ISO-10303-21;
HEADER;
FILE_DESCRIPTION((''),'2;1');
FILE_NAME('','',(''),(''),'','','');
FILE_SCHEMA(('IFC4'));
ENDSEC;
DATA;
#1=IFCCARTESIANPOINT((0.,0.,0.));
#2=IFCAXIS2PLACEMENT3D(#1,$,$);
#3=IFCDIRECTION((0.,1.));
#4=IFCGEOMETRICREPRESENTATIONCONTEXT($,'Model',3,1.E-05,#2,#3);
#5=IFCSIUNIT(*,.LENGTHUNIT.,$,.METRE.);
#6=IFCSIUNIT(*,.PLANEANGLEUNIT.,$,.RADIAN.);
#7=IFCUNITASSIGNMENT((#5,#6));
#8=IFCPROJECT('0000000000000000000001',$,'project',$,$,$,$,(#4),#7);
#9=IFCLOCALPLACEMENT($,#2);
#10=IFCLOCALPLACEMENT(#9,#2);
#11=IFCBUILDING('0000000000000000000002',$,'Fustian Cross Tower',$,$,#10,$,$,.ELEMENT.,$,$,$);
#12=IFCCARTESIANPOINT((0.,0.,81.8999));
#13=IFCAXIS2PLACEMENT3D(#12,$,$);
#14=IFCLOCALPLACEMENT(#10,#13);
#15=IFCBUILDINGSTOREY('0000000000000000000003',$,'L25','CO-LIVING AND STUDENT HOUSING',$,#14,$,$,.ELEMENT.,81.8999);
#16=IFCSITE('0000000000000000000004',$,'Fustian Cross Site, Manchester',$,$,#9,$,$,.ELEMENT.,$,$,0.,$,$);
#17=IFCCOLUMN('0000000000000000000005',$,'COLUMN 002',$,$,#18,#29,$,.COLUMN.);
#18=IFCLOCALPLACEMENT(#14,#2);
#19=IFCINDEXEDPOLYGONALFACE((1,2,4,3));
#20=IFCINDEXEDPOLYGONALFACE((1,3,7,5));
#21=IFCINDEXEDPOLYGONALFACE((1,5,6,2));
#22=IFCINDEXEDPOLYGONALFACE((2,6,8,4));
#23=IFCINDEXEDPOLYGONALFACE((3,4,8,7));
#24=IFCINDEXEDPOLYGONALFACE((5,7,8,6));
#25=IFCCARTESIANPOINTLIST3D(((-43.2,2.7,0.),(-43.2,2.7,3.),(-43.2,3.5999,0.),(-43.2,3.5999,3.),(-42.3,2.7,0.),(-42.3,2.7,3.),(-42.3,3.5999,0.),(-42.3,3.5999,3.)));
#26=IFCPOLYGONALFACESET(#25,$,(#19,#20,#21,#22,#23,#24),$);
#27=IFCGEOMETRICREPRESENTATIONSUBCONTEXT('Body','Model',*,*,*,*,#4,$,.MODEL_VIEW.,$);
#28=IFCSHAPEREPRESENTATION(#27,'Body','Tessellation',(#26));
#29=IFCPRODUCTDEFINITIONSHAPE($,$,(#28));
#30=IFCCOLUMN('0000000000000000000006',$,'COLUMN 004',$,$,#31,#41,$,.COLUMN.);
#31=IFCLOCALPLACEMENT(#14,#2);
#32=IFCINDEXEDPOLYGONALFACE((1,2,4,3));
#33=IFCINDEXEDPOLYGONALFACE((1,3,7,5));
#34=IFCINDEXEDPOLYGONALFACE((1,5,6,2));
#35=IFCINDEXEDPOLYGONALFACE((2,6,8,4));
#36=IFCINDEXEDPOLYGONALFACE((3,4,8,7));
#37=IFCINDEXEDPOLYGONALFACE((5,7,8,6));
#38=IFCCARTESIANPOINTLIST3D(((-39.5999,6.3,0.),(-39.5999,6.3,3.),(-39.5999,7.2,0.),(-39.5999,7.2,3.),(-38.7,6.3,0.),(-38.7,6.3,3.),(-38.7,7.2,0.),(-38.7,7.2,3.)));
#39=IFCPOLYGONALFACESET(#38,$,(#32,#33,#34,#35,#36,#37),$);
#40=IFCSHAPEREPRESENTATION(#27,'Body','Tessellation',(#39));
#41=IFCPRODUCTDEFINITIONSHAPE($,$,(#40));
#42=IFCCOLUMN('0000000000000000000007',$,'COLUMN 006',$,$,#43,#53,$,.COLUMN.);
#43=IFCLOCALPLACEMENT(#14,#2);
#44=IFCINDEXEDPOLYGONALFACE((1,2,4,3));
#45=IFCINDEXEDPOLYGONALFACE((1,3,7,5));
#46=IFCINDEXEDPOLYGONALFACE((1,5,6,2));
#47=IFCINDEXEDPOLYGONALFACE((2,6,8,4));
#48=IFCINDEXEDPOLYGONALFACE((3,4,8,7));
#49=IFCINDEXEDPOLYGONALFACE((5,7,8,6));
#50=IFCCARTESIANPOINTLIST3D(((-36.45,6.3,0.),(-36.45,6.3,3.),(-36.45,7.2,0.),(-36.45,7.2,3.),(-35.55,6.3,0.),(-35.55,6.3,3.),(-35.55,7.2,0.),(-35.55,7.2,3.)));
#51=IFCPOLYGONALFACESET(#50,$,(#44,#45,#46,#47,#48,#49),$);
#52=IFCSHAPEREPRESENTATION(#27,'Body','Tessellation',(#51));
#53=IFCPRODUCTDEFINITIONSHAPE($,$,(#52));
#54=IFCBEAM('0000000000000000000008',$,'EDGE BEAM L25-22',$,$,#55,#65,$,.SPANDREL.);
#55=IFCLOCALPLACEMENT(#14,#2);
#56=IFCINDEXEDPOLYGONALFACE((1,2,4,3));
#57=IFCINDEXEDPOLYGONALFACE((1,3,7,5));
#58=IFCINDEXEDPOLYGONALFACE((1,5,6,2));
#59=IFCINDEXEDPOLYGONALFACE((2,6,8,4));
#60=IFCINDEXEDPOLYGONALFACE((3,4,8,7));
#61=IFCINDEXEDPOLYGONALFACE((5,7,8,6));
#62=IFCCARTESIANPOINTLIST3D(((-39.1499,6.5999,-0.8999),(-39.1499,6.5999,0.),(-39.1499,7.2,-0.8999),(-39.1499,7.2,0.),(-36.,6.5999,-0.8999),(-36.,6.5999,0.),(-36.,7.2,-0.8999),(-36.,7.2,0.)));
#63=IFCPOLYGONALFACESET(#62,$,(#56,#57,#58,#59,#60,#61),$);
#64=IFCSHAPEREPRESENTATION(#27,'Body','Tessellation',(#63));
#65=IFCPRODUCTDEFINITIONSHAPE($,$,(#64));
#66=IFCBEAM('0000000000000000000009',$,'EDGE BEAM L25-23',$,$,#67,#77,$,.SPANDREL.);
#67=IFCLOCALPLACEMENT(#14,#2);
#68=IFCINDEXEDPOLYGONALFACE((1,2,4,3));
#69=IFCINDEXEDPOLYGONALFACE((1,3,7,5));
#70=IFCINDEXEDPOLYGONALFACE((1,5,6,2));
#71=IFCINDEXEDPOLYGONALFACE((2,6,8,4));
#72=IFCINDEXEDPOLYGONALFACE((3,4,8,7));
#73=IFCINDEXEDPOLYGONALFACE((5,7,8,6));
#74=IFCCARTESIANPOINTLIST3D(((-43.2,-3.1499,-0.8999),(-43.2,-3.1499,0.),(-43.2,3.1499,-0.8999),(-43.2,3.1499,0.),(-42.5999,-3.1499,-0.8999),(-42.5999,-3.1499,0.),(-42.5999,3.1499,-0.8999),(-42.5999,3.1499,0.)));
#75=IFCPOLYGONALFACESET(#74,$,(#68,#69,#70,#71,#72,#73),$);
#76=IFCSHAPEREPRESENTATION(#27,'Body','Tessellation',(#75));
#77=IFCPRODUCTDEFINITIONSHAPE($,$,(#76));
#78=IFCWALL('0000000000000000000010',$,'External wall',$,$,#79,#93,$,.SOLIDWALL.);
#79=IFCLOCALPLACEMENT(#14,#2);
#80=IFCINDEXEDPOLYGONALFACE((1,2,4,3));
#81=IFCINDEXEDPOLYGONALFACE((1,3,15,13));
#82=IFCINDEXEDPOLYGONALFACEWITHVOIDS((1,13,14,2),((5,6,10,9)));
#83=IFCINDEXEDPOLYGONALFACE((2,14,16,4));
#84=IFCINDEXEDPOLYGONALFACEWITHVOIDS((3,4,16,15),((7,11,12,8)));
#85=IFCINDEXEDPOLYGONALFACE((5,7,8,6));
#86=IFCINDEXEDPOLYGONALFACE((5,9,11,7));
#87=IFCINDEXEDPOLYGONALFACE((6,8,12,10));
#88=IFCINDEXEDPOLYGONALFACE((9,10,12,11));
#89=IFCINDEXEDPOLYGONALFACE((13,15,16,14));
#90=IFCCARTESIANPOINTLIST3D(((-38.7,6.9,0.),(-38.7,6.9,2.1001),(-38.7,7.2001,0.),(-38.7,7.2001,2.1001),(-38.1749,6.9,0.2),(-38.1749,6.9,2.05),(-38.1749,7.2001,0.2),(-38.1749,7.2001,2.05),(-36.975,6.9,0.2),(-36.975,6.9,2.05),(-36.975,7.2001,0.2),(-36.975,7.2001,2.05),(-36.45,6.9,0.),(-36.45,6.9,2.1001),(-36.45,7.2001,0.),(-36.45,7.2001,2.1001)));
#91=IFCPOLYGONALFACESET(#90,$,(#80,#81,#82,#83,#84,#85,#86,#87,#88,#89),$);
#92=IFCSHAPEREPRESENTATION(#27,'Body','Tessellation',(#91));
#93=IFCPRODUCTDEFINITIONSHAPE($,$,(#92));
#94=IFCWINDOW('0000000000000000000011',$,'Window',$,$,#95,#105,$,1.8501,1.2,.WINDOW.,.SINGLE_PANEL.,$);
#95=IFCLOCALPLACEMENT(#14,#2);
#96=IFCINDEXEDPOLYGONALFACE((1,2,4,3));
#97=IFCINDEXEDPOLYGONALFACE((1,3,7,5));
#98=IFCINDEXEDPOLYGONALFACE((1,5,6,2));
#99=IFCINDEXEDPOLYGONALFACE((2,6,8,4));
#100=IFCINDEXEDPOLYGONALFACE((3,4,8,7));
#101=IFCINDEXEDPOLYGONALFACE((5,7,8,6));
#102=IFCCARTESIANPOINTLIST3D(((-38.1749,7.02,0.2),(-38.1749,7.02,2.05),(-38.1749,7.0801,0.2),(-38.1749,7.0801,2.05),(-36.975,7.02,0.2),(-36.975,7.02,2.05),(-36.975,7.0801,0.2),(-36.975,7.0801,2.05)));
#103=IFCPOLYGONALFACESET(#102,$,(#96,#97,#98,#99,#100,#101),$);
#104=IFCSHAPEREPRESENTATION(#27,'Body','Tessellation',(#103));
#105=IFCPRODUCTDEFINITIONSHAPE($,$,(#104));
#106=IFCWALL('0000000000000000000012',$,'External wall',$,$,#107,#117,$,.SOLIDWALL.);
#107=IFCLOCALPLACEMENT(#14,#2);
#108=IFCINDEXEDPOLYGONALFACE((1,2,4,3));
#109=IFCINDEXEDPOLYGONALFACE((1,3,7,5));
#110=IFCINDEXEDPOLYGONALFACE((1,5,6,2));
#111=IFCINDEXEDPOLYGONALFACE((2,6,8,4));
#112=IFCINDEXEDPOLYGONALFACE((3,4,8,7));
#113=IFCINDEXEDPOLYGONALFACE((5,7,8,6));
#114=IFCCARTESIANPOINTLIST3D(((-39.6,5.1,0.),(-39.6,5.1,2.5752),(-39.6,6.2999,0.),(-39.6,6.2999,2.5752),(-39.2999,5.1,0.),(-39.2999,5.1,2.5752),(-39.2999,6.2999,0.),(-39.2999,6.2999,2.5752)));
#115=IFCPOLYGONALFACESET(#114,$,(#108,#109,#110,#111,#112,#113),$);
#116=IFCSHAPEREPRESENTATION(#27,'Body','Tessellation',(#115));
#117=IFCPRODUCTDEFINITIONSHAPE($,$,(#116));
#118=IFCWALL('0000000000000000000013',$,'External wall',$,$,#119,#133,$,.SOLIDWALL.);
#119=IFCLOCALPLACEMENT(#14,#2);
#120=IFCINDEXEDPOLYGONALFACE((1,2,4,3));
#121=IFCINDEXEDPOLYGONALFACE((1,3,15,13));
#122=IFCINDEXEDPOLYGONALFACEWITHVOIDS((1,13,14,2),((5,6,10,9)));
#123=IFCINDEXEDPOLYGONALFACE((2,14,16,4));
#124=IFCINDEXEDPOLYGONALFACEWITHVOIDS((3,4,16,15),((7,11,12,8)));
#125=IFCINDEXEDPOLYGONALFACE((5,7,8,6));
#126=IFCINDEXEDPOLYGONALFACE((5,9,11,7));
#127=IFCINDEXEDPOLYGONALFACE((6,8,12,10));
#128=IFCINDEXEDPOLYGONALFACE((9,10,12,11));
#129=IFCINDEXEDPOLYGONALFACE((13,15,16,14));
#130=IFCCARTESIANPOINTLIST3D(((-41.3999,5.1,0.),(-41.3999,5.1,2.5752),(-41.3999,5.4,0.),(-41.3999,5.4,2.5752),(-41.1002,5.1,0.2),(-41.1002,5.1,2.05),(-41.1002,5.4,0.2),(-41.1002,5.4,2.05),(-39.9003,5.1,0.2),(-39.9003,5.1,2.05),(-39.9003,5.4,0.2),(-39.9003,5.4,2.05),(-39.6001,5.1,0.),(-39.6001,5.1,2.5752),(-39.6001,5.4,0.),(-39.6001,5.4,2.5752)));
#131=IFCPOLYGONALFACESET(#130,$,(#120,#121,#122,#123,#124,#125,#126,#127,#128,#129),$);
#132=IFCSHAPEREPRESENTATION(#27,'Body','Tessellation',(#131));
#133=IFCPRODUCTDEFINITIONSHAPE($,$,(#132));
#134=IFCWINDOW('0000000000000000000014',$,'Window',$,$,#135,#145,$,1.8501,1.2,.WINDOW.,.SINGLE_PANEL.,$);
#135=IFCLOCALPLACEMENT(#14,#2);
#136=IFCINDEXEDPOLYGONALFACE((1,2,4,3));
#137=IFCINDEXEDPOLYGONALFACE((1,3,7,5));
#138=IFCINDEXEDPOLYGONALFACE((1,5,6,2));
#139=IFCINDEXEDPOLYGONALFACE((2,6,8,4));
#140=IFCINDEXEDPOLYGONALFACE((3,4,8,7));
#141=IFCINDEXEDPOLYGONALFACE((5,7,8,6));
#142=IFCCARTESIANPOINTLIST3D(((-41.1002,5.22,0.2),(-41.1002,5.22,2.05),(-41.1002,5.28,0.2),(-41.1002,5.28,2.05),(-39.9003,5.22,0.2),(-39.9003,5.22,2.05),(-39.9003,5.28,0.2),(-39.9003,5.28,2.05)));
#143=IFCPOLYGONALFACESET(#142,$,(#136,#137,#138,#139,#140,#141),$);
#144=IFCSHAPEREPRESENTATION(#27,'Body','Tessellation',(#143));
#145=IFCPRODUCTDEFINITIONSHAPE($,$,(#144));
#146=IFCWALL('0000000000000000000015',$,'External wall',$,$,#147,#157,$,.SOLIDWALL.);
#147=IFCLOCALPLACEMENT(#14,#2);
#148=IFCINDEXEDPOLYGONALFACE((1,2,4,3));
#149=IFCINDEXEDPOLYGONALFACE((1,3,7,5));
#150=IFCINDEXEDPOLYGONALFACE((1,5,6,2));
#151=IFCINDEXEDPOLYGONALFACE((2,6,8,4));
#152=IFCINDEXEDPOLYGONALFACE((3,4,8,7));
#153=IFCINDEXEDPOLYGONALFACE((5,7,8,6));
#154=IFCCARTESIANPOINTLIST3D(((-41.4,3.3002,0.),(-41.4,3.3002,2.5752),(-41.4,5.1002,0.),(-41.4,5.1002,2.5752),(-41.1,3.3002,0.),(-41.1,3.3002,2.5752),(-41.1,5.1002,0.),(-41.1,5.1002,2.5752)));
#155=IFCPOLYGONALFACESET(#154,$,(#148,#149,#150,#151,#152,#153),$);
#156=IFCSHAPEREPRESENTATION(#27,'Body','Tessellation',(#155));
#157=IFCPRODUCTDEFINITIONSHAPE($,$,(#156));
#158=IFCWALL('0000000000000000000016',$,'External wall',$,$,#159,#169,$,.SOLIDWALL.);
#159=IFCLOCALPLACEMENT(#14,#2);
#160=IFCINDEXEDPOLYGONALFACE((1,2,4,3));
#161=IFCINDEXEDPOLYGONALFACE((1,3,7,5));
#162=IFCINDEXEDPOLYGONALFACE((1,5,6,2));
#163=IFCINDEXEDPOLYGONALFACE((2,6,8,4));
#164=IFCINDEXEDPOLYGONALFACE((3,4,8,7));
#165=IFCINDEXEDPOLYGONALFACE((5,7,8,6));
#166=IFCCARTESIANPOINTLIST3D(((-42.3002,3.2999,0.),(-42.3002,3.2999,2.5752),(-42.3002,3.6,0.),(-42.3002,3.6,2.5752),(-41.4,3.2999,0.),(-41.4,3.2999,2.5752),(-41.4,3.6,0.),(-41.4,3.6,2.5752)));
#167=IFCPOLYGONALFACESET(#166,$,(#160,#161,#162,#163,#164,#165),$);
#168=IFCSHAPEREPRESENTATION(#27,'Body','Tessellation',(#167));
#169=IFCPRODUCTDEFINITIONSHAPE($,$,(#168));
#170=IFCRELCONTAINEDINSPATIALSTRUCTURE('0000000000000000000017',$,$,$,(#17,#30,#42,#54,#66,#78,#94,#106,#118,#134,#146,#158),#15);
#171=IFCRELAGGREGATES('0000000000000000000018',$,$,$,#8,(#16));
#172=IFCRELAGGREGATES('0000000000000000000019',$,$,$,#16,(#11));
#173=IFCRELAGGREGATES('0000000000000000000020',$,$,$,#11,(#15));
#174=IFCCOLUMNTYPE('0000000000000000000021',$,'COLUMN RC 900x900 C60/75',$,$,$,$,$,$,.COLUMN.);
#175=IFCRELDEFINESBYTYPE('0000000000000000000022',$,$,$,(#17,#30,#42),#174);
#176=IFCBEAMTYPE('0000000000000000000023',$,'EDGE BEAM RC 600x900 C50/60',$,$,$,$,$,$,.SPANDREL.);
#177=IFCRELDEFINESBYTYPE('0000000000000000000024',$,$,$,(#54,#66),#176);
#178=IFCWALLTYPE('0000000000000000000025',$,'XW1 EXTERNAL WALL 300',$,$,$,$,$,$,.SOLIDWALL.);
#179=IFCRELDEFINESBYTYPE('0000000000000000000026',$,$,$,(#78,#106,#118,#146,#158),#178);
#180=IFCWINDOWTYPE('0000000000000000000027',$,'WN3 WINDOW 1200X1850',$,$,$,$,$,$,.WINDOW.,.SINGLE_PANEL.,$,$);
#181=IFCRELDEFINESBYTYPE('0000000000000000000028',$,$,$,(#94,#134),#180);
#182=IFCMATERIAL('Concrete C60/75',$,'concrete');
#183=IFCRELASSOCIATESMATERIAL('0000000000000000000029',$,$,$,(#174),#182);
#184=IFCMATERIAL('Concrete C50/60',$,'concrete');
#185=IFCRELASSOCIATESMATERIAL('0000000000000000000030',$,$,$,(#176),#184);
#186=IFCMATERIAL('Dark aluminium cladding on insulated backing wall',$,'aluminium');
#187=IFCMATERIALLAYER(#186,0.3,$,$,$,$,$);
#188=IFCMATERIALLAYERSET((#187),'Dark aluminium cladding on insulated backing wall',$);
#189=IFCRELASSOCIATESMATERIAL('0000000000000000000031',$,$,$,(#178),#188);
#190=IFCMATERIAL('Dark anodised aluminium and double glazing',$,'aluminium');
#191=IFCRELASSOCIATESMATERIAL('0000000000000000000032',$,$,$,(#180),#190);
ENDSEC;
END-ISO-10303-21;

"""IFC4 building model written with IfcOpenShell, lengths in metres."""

from ifc_helpers import new_model, si_unit, direction, frame, frame_2d, origin, origin_2d, place, context, subcontext, project, spatial, rectangle, extrude, material, layer, layer_set, material_profile, profile_set, type_object, element, fill, save


model = new_model("IFC4")

# Units and contexts
model_context = context("Model", 3, precision=1e-05, world=origin(), true_north=direction((0.0, 1.0)))
body_context = subcontext(model_context, "Body", "Model", "MODEL_VIEW")
ifc_project = project(units=[si_unit("LENGTHUNIT", "METRE"), si_unit("PLANEANGLEUNIT", "RADIAN")], contexts=[model_context])

# Site, building, storey
site_placement = place(None, origin())
site = spatial("IfcSite", under=ifc_project, at=site_placement, Name="Fustian Cross Site, Manchester", CompositionType="ELEMENT", RefElevation=0.0)
building_placement = place(site_placement, origin())
building = spatial("IfcBuilding", under=site, at=building_placement, Name="Fustian Cross Tower", CompositionType="ELEMENT")
storey_placement = place(building_placement, frame((0.0, 0.0, 81.8999)))
storey = spatial("IfcBuildingStorey", under=building, at=storey_placement, Name="L25", Description="CO-LIVING AND STUDENT HOUSING", CompositionType="ELEMENT", Elevation=81.8999)

# Columns
ifc_material_1 = material(Name="Concrete C60/75", Category="concrete")
ifc_material_profile_1 = material_profile(ifc_material_1, rectangle(XDim=0.8999, YDim=0.8999, at=origin_2d()), Name="RC 900x900")
ifc_profile_set_1 = profile_set([ifc_material_profile_1], Name="Concrete C60/75")
column_type = type_object("IfcColumnType", Name="COLUMN RC 900x900 C60/75", PredefinedType="COLUMN", material=ifc_profile_set_1)
for number, where, z_axis, x_axis, name in (
    (1, (-42.75, 3.1499, 0.0), (0.0, 0.0, 1.0), (1.0, 0.0, 0.0), "COLUMN 002"),
    (2, (-39.1499, 6.75, 0.0), (0.0, 0.0, 1.0), (1.0, 0.0, 0.0), "COLUMN 004"),
    (3, (-36.0, 6.75, 0.0), (0.0, 0.0, 1.0), (1.0, 0.0, 0.0), "COLUMN 006"),
):
    element("IfcColumn", number, at=place(storey_placement, frame(where, z_axis=z_axis, x_axis=x_axis)), inside=storey, type_object=column_type, Name=name, PredefinedType="COLUMN", context=body_context, shape_type="SweptSolid", body=[
        extrude(rectangle(XDim=0.8999, YDim=0.8999, at=origin_2d()), origin(), (0.0, 0.0, 1.0), 3.0),
    ])

# Beams
ifc_material_2 = material(Name="Concrete C50/60", Category="concrete")
ifc_material_profile_2 = material_profile(ifc_material_2, rectangle(XDim=0.6001, YDim=0.8999, at=origin_2d()), Name="RC 600x900")
ifc_profile_set_2 = profile_set([ifc_material_profile_2], Name="Concrete C50/60")
beam_type = type_object("IfcBeamType", Name="EDGE BEAM RC 600x900 C50/60", PredefinedType="SPANDREL", material=ifc_profile_set_2)
beam_1_placement = place(storey_placement, frame((-36.0, 6.8999, -0.45), z_axis=(-1.0, 0.0, 0.0), x_axis=(0.0, -1.0, 0.0)))
element("IfcBeam", 4, at=beam_1_placement, inside=storey, type_object=beam_type, Name="EDGE BEAM L25-22", PredefinedType="SPANDREL", context=body_context, shape_type="SweptSolid", body=[
    extrude(rectangle(XDim=0.6001, YDim=0.8999, at=origin_2d()), origin(), (0.0, 0.0, 1.0), 3.1499),
])
beam_2_placement = place(storey_placement, frame((-42.8999, 3.1499, -0.45), z_axis=(0.0, -1.0, 0.0), x_axis=(1.0, 0.0, 0.0)))
element("IfcBeam", 5, at=beam_2_placement, inside=storey, type_object=beam_type, Name="EDGE BEAM L25-23", PredefinedType="SPANDREL", context=body_context, shape_type="SweptSolid", body=[
    extrude(rectangle(XDim=0.6001, YDim=0.8999, at=origin_2d()), origin(), (0.0, 0.0, 1.0), 6.2998),
])

# Wall, opening, window
ifc_material_3 = material(Name="Dark aluminium cladding on insulated backing wall", Category="aluminium")
ifc_layer = layer(ifc_material_3, 0.3)
ifc_layer_set = layer_set([ifc_layer], Name="Dark aluminium cladding on insulated backing wall")
wall_type = type_object("IfcWallType", Name="XW1 EXTERNAL WALL 300", PredefinedType="SOLIDWALL", material=ifc_layer_set)
wall_1_placement = place(storey_placement, frame((-36.45, 7.05, 0.0), z_axis=(0.0, 0.0, 1.0), x_axis=(-1.0, 0.0, 0.0)))
wall_1 = element("IfcWall", 6, at=wall_1_placement, inside=storey, type_object=wall_type, Name="External wall", PredefinedType="SOLIDWALL", context=body_context, shape_type="SweptSolid", body=[
    extrude(rectangle(XDim=2.25, YDim=0.3, at=frame_2d((1.125, 0.0))), origin(), (0.0, 0.0, 1.0), 2.1001),
])
opening_1_placement = place(wall_1_placement, frame((0.5249, 0.0, 0.2)))
opening_1 = element("IfcOpeningElement", 7, at=opening_1_placement, cuts=wall_1, PredefinedType="OPENING", context=body_context, shape_type="SweptSolid", body=[
    extrude(rectangle(XDim=1.2, YDim=1.8501, at=frame_2d((0.6001, 0.925))), frame((0.0, 0.1599, 0.0), z_axis=(0.0, -1.0, 0.0), x_axis=(1.0, 0.0, 0.0)), (0.0, 0.0, 1.0), 0.3201),
])
ifc_material_4 = material(Name="Dark anodised aluminium and double glazing", Category="aluminium")
window_type_1 = type_object("IfcWindowType", Name="WN3 WINDOW 1200X1850", PartitioningType="SINGLE_PANEL", PredefinedType="WINDOW", material=ifc_material_4)
window_1_placement = place(opening_1_placement, origin())
window_1 = element("IfcWindow", 8, at=window_1_placement, inside=storey, type_object=window_type_1, Name="Window", OverallHeight=1.8501, OverallWidth=1.2, PartitioningType="SINGLE_PANEL", PredefinedType="WINDOW", context=body_context, shape_type="SweptSolid", body=[
    extrude(rectangle(XDim=1.2, YDim=1.8501, at=frame_2d((0.6001, 0.925))), frame((0.0, 0.03, 0.0), z_axis=(0.0, -1.0, 0.0), x_axis=(1.0, 0.0, 0.0)), (0.0, 0.0, 1.0), 0.0601),
])
fill(opening_1, window_1)

# Wall
wall_2_placement = place(storey_placement, frame((-39.45, 6.3, 0.0), z_axis=(0.0, 0.0, 1.0), x_axis=(0.0, -1.0, 0.0)))
element("IfcWall", 9, at=wall_2_placement, inside=storey, type_object=wall_type, Name="External wall", PredefinedType="SOLIDWALL", context=body_context, shape_type="SweptSolid", body=[
    extrude(rectangle(XDim=1.2, YDim=0.3, at=frame_2d((0.6001, 0.0))), origin(), (0.0, 0.0, 1.0), 2.5752),
])

# Wall, opening, window
wall_3_placement = place(storey_placement, frame((-39.6001, 5.25, 0.0), z_axis=(0.0, 0.0, 1.0), x_axis=(-1.0, 0.0, 0.0)))
wall_3 = element("IfcWall", 10, at=wall_3_placement, inside=storey, type_object=wall_type, Name="External wall", PredefinedType="SOLIDWALL", context=body_context, shape_type="SweptSolid", body=[
    extrude(rectangle(XDim=1.7998, YDim=0.3, at=frame_2d((0.8999, 0.0))), origin(), (0.0, 0.0, 1.0), 2.5752),
])
opening_2_placement = place(wall_3_placement, frame((0.3, 0.0, 0.2)))
opening_2 = element("IfcOpeningElement", 11, at=opening_2_placement, cuts=wall_3, PredefinedType="OPENING", context=body_context, shape_type="SweptSolid", body=[
    extrude(rectangle(XDim=1.2, YDim=1.8501, at=frame_2d((0.6001, 0.925))), frame((0.0, 0.1599, 0.0), z_axis=(0.0, -1.0, 0.0), x_axis=(1.0, 0.0, 0.0)), (0.0, 0.0, 1.0), 0.3201),
])
window_2_placement = place(opening_2_placement, origin())
window_2 = element("IfcWindow", 12, at=window_2_placement, inside=storey, type_object=window_type_1, Name="Window", OverallHeight=1.8501, OverallWidth=1.2, PartitioningType="SINGLE_PANEL", PredefinedType="WINDOW", context=body_context, shape_type="SweptSolid", body=[
    extrude(rectangle(XDim=1.2, YDim=1.8501, at=frame_2d((0.6001, 0.925))), frame((0.0, 0.03, 0.0), z_axis=(0.0, -1.0, 0.0), x_axis=(1.0, 0.0, 0.0)), (0.0, 0.0, 1.0), 0.0601),
])
fill(opening_2, window_2)

# Walls
wall_4_placement = place(storey_placement, frame((-41.25, 5.1001, 0.0), z_axis=(0.0, 0.0, 1.0), x_axis=(0.0, -1.0, 0.0)))
element("IfcWall", 13, at=wall_4_placement, inside=storey, type_object=wall_type, Name="External wall", PredefinedType="SOLIDWALL", context=body_context, shape_type="SweptSolid", body=[
    extrude(rectangle(XDim=1.8, YDim=0.3, at=frame_2d((0.8999, 0.0))), origin(), (0.0, 0.0, 1.0), 2.5752),
])
wall_5_placement = place(storey_placement, frame((-41.3999, 3.45, 0.0), z_axis=(0.0, 0.0, 1.0), x_axis=(-1.0, 0.0, 0.0)))
element("IfcWall", 14, at=wall_5_placement, inside=storey, type_object=wall_type, Name="External wall", PredefinedType="SOLIDWALL", context=body_context, shape_type="SweptSolid", body=[
    extrude(rectangle(XDim=0.9001, YDim=0.3, at=frame_2d((0.4502, 0.0))), origin(), (0.0, 0.0, 1.0), 2.5752),
])

save(model, "model.ifc")
